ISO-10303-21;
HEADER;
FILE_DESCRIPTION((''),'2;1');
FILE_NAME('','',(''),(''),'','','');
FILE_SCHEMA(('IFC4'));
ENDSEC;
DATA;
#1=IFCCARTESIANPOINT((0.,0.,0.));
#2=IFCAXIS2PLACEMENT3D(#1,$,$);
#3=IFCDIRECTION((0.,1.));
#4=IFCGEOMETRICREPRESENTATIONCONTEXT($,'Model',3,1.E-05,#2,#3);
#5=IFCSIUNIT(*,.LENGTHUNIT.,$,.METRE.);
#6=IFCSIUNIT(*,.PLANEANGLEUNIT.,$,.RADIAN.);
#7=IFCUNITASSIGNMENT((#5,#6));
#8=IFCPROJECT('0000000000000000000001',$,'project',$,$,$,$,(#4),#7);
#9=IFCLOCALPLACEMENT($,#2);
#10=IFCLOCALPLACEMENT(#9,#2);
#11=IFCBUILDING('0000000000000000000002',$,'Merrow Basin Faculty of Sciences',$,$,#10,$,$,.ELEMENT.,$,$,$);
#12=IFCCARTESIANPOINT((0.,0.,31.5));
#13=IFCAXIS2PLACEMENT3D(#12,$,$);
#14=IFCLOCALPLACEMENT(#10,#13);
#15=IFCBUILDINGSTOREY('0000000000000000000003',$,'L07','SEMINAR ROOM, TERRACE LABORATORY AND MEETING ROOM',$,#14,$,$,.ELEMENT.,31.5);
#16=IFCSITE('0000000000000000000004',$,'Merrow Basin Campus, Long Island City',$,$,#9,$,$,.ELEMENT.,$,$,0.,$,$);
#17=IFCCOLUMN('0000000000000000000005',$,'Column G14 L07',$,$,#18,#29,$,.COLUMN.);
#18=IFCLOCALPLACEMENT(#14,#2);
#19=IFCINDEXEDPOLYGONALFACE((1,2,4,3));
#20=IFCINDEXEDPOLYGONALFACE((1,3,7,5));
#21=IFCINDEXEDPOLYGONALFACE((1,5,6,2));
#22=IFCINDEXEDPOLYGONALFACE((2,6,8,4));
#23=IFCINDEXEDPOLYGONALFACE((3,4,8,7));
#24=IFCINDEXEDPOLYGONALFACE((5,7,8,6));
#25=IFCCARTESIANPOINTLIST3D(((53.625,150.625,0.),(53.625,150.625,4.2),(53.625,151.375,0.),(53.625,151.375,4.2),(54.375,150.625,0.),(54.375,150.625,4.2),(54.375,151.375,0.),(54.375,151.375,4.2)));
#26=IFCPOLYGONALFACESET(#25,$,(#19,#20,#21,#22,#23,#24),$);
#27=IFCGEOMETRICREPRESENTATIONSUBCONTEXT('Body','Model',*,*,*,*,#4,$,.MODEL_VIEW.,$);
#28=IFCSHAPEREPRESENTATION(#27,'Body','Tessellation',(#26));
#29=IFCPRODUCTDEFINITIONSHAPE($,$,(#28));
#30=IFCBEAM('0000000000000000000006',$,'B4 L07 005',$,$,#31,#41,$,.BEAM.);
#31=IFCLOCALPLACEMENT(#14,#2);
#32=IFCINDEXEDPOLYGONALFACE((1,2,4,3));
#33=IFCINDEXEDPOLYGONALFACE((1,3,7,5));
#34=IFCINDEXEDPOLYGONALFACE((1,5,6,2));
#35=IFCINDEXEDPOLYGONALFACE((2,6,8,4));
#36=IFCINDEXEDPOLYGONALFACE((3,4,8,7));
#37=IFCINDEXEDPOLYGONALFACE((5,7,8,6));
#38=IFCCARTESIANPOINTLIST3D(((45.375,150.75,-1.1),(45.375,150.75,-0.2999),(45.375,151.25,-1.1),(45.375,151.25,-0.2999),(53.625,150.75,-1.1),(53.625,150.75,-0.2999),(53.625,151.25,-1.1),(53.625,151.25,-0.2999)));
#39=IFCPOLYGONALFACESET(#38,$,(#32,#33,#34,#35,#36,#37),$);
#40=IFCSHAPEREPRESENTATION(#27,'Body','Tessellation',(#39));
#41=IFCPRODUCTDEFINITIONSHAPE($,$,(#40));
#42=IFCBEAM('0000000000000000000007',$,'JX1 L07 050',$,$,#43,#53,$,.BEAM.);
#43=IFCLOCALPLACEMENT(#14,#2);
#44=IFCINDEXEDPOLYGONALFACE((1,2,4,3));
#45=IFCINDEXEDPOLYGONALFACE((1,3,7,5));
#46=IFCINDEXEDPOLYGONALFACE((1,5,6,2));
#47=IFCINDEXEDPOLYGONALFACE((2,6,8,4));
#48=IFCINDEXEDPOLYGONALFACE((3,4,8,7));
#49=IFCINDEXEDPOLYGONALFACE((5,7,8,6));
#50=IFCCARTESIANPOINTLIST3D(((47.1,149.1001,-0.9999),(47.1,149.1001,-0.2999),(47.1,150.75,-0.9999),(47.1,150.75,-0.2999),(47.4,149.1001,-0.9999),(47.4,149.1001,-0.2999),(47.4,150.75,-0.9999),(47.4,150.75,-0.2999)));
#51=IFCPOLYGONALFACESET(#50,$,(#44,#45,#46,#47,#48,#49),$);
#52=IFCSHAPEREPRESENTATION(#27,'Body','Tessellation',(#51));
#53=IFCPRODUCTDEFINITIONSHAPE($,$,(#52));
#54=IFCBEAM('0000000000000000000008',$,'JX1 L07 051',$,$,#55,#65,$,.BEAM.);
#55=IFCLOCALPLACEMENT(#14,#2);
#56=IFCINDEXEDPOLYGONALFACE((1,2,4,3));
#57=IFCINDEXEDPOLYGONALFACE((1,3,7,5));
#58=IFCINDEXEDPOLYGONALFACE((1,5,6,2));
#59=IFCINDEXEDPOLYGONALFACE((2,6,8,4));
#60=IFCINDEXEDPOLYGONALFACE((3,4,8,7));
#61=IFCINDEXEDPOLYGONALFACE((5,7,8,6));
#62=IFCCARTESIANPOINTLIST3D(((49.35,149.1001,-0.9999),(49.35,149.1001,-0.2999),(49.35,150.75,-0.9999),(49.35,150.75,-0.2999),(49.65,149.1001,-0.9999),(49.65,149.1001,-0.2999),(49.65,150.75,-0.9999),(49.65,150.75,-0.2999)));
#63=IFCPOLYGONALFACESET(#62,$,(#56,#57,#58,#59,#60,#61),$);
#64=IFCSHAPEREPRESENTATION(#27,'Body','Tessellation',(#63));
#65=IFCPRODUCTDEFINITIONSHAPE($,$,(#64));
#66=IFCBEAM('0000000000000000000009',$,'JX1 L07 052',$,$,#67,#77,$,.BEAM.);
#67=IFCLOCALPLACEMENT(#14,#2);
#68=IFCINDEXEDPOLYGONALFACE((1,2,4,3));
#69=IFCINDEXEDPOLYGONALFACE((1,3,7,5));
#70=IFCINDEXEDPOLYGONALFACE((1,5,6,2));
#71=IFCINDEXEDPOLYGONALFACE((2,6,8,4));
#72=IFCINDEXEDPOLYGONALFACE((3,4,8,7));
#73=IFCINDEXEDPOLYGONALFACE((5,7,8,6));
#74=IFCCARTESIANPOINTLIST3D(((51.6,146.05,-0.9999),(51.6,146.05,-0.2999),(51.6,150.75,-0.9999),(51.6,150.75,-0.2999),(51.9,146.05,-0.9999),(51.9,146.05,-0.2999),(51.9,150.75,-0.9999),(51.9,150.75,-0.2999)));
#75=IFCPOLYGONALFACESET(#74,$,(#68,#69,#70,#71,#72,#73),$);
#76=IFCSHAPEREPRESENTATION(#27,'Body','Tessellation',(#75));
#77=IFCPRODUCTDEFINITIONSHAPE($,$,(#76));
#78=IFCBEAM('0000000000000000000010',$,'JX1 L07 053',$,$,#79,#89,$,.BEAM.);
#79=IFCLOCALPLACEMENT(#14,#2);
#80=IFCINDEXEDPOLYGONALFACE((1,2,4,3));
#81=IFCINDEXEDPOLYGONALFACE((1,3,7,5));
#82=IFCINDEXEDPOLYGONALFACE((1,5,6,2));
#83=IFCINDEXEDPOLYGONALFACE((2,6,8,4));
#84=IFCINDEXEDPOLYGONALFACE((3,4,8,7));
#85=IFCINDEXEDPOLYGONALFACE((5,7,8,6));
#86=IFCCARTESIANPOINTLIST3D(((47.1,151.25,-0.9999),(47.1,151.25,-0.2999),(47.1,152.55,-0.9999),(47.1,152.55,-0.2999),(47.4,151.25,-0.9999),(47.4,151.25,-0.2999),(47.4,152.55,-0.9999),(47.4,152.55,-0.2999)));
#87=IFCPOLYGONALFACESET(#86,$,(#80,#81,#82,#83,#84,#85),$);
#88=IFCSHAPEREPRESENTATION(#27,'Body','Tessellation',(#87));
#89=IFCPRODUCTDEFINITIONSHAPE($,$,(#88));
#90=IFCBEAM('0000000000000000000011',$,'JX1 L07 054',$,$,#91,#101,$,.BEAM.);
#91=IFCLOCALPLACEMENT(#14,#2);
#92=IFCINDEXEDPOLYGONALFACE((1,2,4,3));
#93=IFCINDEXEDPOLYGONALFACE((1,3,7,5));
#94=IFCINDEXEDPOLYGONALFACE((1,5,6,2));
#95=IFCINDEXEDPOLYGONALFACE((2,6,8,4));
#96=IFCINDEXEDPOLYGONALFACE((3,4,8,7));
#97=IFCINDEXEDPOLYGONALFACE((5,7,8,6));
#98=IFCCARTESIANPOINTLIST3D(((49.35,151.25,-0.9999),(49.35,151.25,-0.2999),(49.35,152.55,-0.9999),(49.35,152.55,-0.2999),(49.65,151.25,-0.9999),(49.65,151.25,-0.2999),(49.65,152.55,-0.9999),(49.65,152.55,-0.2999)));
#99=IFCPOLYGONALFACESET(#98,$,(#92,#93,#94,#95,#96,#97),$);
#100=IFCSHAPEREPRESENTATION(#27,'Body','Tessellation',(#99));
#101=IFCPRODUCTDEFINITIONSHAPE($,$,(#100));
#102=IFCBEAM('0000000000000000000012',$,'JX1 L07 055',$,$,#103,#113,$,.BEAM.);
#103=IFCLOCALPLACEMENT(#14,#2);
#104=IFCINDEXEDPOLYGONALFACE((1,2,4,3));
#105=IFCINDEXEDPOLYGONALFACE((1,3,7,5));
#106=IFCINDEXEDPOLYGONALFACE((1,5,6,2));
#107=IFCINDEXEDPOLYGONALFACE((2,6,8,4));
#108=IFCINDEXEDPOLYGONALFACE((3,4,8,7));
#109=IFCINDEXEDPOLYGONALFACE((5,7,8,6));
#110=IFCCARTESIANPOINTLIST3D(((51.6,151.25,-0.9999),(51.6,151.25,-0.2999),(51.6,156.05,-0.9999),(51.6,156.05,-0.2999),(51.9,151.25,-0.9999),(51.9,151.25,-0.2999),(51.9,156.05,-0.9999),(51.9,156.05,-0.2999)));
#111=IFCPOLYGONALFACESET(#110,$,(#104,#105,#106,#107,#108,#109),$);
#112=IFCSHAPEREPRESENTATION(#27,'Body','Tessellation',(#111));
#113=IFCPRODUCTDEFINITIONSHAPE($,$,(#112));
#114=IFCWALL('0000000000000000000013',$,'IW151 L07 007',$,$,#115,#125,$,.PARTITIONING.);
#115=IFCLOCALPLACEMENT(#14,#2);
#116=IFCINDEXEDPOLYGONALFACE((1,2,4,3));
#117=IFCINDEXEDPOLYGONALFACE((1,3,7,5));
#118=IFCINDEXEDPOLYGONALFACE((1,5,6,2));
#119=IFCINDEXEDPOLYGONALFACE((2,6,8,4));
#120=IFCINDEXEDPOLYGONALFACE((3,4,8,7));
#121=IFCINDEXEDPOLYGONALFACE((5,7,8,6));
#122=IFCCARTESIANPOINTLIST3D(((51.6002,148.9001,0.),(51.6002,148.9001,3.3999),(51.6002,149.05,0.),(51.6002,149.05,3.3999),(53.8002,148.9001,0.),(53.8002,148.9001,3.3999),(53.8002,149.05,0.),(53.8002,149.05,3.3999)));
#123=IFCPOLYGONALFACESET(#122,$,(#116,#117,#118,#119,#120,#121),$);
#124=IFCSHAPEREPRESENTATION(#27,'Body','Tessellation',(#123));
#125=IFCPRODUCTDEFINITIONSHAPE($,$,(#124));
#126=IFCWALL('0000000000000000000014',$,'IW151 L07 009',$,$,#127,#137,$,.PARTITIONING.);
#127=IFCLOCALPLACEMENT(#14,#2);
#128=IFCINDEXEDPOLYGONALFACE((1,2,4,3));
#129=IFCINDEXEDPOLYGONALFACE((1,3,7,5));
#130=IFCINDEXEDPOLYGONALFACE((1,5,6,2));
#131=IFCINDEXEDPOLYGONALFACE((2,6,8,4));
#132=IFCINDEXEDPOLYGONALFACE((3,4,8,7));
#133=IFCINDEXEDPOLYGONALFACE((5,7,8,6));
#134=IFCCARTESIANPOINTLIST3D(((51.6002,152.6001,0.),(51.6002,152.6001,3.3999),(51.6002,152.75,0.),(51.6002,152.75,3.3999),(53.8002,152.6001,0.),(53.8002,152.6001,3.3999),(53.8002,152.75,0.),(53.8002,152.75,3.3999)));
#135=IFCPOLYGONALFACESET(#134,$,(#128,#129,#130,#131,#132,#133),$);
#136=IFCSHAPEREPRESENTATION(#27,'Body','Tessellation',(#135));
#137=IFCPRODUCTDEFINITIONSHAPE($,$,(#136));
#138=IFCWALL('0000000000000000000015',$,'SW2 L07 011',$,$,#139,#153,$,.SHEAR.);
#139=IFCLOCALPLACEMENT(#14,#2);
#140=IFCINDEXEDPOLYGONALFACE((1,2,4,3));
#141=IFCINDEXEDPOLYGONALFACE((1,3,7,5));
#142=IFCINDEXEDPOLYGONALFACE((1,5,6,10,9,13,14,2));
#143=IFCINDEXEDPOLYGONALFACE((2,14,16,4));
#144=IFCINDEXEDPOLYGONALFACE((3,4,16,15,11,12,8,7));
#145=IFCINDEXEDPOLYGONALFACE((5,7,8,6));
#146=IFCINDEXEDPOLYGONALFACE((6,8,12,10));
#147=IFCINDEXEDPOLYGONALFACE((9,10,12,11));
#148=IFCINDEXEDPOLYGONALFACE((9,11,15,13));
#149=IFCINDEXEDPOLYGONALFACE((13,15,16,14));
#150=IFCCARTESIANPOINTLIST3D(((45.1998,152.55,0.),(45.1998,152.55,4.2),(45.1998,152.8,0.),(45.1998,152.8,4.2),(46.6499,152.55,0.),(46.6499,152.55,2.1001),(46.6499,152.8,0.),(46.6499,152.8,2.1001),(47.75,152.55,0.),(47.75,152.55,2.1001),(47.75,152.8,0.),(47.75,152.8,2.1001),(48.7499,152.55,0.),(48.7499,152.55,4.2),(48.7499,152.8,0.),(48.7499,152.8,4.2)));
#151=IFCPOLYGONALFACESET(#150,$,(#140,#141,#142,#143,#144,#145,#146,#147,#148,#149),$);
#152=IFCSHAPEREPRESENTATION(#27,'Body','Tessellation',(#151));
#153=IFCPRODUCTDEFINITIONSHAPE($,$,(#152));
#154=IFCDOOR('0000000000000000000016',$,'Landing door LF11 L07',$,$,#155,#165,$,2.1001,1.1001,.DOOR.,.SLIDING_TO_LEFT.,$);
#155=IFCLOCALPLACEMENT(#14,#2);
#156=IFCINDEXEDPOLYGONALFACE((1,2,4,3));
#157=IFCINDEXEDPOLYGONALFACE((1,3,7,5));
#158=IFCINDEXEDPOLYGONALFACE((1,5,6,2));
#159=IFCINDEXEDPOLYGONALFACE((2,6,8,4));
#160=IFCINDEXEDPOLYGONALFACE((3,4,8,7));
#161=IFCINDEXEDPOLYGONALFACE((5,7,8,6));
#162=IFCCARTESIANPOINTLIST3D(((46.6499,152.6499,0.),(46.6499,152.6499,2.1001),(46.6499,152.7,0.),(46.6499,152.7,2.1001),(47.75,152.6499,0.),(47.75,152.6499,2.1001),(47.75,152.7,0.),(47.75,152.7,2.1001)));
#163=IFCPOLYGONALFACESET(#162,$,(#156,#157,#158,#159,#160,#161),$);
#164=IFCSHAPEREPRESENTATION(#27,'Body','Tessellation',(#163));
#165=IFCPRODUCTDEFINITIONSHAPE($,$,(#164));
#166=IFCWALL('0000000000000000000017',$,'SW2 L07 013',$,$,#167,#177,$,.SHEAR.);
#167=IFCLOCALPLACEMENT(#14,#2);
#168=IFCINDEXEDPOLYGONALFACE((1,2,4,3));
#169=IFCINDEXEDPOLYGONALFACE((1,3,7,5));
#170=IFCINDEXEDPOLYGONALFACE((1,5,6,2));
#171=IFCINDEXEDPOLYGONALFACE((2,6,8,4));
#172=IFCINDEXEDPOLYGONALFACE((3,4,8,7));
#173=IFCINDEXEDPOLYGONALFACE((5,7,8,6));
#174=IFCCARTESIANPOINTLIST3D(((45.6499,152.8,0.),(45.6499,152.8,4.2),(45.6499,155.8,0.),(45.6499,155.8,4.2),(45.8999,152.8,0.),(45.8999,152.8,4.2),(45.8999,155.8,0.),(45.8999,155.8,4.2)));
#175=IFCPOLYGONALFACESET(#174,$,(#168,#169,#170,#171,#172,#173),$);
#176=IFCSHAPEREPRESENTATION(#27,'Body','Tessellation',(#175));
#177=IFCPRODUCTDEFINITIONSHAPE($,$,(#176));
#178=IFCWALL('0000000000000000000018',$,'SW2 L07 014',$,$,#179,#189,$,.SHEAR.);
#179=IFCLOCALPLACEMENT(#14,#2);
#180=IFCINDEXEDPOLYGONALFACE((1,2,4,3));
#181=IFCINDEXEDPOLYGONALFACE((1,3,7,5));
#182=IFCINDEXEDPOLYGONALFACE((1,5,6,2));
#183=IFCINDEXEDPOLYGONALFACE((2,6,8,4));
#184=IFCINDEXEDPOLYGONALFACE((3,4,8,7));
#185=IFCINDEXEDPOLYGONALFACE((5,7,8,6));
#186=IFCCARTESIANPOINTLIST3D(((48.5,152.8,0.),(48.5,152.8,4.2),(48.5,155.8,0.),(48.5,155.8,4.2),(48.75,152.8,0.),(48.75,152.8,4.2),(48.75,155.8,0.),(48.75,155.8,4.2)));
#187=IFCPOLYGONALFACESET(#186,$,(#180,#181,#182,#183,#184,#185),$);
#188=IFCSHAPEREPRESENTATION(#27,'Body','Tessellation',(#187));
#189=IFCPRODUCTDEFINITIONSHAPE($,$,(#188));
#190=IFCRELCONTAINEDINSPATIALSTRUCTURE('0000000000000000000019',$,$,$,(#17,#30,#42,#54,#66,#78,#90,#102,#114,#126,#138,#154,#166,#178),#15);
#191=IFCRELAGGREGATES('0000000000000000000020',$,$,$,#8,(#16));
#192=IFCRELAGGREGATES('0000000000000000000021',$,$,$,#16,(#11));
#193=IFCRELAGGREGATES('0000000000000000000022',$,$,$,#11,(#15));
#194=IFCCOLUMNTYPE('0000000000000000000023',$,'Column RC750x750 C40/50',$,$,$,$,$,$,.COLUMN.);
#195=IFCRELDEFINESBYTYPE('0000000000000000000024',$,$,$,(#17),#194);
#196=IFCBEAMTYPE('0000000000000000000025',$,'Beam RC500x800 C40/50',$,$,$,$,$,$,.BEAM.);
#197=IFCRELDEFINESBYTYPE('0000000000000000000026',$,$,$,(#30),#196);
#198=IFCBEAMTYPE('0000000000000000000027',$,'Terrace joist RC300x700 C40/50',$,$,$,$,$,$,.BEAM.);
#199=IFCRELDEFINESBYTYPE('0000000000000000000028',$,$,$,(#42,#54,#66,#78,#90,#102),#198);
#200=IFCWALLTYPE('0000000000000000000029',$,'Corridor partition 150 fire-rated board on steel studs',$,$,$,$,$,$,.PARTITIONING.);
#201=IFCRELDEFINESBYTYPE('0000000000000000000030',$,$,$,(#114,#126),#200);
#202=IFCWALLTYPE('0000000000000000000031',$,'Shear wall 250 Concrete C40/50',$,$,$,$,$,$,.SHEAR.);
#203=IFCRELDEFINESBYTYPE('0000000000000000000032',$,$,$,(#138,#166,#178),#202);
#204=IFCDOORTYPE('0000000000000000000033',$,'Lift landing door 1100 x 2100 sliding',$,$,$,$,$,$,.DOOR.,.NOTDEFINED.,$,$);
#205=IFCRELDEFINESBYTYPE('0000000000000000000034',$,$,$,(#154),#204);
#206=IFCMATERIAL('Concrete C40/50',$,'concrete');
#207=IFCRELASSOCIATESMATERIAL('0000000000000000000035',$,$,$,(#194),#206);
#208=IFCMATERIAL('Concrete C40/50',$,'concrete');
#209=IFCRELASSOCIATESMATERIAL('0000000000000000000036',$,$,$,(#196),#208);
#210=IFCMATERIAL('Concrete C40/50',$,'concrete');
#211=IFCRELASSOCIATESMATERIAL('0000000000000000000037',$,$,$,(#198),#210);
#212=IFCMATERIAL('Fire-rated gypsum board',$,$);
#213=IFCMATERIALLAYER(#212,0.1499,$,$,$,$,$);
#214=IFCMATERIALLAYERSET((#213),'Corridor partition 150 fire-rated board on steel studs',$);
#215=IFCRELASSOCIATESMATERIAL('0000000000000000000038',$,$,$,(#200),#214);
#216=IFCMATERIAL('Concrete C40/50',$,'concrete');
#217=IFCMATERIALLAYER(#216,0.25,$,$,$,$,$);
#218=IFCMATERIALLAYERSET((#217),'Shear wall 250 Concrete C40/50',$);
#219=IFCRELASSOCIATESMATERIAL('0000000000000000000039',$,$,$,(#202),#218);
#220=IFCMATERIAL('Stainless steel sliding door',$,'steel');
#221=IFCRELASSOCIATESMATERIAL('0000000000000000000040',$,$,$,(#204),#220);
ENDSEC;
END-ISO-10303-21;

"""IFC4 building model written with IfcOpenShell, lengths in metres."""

from ifc_helpers import new_model, si_unit, direction, frame, frame_2d, origin, origin_2d, place, context, subcontext, project, spatial, rectangle, extrude, material, layer, layer_set, material_profile, profile_set, type_object, element, fill, save


model = new_model("IFC4")

# Units and contexts
model_context = context("Model", 3, precision=1e-05, world=origin(), true_north=direction((0.0, 1.0)))
body_context = subcontext(model_context, "Body", "Model", "MODEL_VIEW")
ifc_project = project(units=[si_unit("LENGTHUNIT", "METRE"), si_unit("PLANEANGLEUNIT", "RADIAN")], contexts=[model_context])

# Site, building, storey
site_placement = place(None, origin())
site = spatial("IfcSite", under=ifc_project, at=site_placement, Name="Merrow Basin Campus, Long Island City", CompositionType="ELEMENT", RefElevation=0.0)
building_placement = place(site_placement, origin())
building = spatial("IfcBuilding", under=site, at=building_placement, Name="Merrow Basin Faculty of Sciences", CompositionType="ELEMENT")
storey_placement = place(building_placement, frame((0.0, 0.0, 31.5)))
storey = spatial("IfcBuildingStorey", under=building, at=storey_placement, Name="L07", Description="SEMINAR ROOM, TERRACE LABORATORY AND MEETING ROOM", CompositionType="ELEMENT", Elevation=31.5)

# Column
ifc_material_1 = material(Name="Concrete C40/50", Category="concrete")
ifc_material_profile_1 = material_profile(ifc_material_1, rectangle(XDim=0.75, YDim=0.75, at=origin_2d()))
ifc_profile_set_1 = profile_set([ifc_material_profile_1], Name="Concrete C40/50")
column_type = type_object("IfcColumnType", Name="Column RC750x750 C40/50", PredefinedType="COLUMN", material=ifc_profile_set_1)
column_placement = place(storey_placement, frame((54.0, 151.0, 0.0), z_axis=(0.0, 0.0, 1.0), x_axis=(1.0, 0.0, 0.0)))
element("IfcColumn", 1, at=column_placement, inside=storey, type_object=column_type, Name="Column G14 L07", PredefinedType="COLUMN", context=body_context, shape_type="SweptSolid", body=[
    extrude(rectangle(XDim=0.75, YDim=0.75, at=origin_2d()), origin(), (0.0, 0.0, 1.0), 4.2),
])

# Beams
ifc_material_2 = material(Name="Concrete C40/50", Category="concrete")
ifc_material_profile_2 = material_profile(ifc_material_2, rectangle(XDim=0.5, YDim=0.8, at=origin_2d()))
ifc_profile_set_2 = profile_set([ifc_material_profile_2], Name="Concrete C40/50")
beam_type_1 = type_object("IfcBeamType", Name="Beam RC500x800 C40/50", PredefinedType="BEAM", material=ifc_profile_set_2)
beam_1_placement = place(storey_placement, frame((45.375, 151.0, -0.7), z_axis=(1.0, 0.0, 0.0), x_axis=(0.0, 1.0, 0.0)))
element("IfcBeam", 2, at=beam_1_placement, inside=storey, type_object=beam_type_1, Name="B4 L07 005", PredefinedType="BEAM", context=body_context, shape_type="SweptSolid", body=[
    extrude(rectangle(XDim=0.5, YDim=0.8, at=origin_2d()), origin(), (0.0, 0.0, 1.0), 8.25),
])
ifc_material_3 = material(Name="Concrete C40/50", Category="concrete")
ifc_material_profile_3 = material_profile(ifc_material_3, rectangle(XDim=0.3, YDim=0.7, at=origin_2d()))
ifc_profile_set_3 = profile_set([ifc_material_profile_3], Name="Concrete C40/50")
beam_type_2 = type_object("IfcBeamType", Name="Terrace joist RC300x700 C40/50", PredefinedType="BEAM", material=ifc_profile_set_3)
for number, where, z_axis, x_axis, name in (
    (3, (47.25, 149.1001, -0.6499), (0.0, 1.0, 0.0), (-1.0, 0.0, 0.0), "JX1 L07 050"),
    (4, (49.5, 149.1001, -0.6499), (0.0, 1.0, 0.0), (-1.0, 0.0, 0.0), "JX1 L07 051"),
):
    element("IfcBeam", number, at=place(storey_placement, frame(where, z_axis=z_axis, x_axis=x_axis)), inside=storey, type_object=beam_type_2, Name=name, PredefinedType="BEAM", context=body_context, shape_type="SweptSolid", body=[
        extrude(rectangle(XDim=0.3, YDim=0.7, at=origin_2d()), origin(), (0.0, 0.0, 1.0), 1.6499),
    ])
beam_2_placement = place(storey_placement, frame((51.75, 146.05, -0.6499), z_axis=(0.0, 1.0, 0.0), x_axis=(-1.0, 0.0, 0.0)))
element("IfcBeam", 5, at=beam_2_placement, inside=storey, type_object=beam_type_2, Name="JX1 L07 052", PredefinedType="BEAM", context=body_context, shape_type="SweptSolid", body=[
    extrude(rectangle(XDim=0.3, YDim=0.7, at=origin_2d()), origin(), (0.0, 0.0, 1.0), 4.7),
])
for number, where, z_axis, x_axis, name in (
    (6, (47.25, 151.25, -0.6499), (0.0, 1.0, 0.0), (-1.0, 0.0, 0.0), "JX1 L07 053"),
    (7, (49.5, 151.25, -0.6499), (0.0, 1.0, 0.0), (-1.0, 0.0, 0.0), "JX1 L07 054"),
):
    element("IfcBeam", number, at=place(storey_placement, frame(where, z_axis=z_axis, x_axis=x_axis)), inside=storey, type_object=beam_type_2, Name=name, PredefinedType="BEAM", context=body_context, shape_type="SweptSolid", body=[
        extrude(rectangle(XDim=0.3, YDim=0.7, at=origin_2d()), origin(), (0.0, 0.0, 1.0), 1.3),
    ])
beam_3_placement = place(storey_placement, frame((51.75, 151.25, -0.6499), z_axis=(0.0, 1.0, 0.0), x_axis=(-1.0, 0.0, 0.0)))
element("IfcBeam", 8, at=beam_3_placement, inside=storey, type_object=beam_type_2, Name="JX1 L07 055", PredefinedType="BEAM", context=body_context, shape_type="SweptSolid", body=[
    extrude(rectangle(XDim=0.3, YDim=0.7, at=origin_2d()), origin(), (0.0, 0.0, 1.0), 4.8),
])

# Walls
ifc_material_4 = material(Name="Fire-rated gypsum board")
ifc_layer_1 = layer(ifc_material_4, 0.1499)
ifc_layer_set_1 = layer_set([ifc_layer_1], Name="Corridor partition 150 fire-rated board on steel studs")
wall_type_1 = type_object("IfcWallType", Name="Corridor partition 150 fire-rated board on steel studs", PredefinedType="PARTITIONING", material=ifc_layer_set_1)
for number, where, z_axis, x_axis, name in (
    (9, (51.6001, 148.9751, 0.0), (0.0, 0.0, 1.0), (1.0, 0.0, 0.0), "IW151 L07 007"),
    (10, (51.6001, 152.675, 0.0), (0.0, 0.0, 1.0), (1.0, 0.0, 0.0), "IW151 L07 009"),
):
    element("IfcWall", number, at=place(storey_placement, frame(where, z_axis=z_axis, x_axis=x_axis)), inside=storey, type_object=wall_type_1, Name=name, PredefinedType="PARTITIONING", context=body_context, shape_type="SweptSolid", body=[
        extrude(rectangle(XDim=2.2, YDim=0.1499, at=frame_2d((1.1001, 0.0))), origin(), (0.0, 0.0, 1.0), 3.3999),
    ])

# Wall, opening, door
ifc_material_5 = material(Name="Concrete C40/50", Category="concrete")
ifc_layer_2 = layer(ifc_material_5, 0.25)
ifc_layer_set_2 = layer_set([ifc_layer_2], Name="Shear wall 250 Concrete C40/50")
wall_type_2 = type_object("IfcWallType", Name="Shear wall 250 Concrete C40/50", PredefinedType="SHEAR", material=ifc_layer_set_2)
wall_1_placement = place(storey_placement, frame((45.2, 152.675, 0.0), z_axis=(0.0, 0.0, 1.0), x_axis=(1.0, 0.0, 0.0)))
wall_1 = element("IfcWall", 11, at=wall_1_placement, inside=storey, type_object=wall_type_2, Name="SW2 L07 011", PredefinedType="SHEAR", context=body_context, shape_type="SweptSolid", body=[
    extrude(rectangle(XDim=3.55, YDim=0.25, at=frame_2d((1.7749, 0.0))), origin(), (0.0, 0.0, 1.0), 4.2),
])
opening_1_placement = place(wall_1_placement, frame((1.45, 0.0, 0.0)))
opening_1 = element("IfcOpeningElement", 12, at=opening_1_placement, cuts=wall_1, PredefinedType="OPENING", context=body_context, shape_type="SweptSolid", body=[
    extrude(rectangle(XDim=1.1001, YDim=2.1001, at=frame_2d((0.55, 1.05))), frame((0.0, 0.135, 0.0), z_axis=(0.0, -1.0, 0.0), x_axis=(1.0, 0.0, 0.0)), (0.0, 0.0, 1.0), 0.27),
])
ifc_material_6 = material(Name="Stainless steel sliding door", Category="steel")
door_type = type_object("IfcDoorType", Name="Lift landing door 1100 x 2100 sliding", OperationType="NOTDEFINED", PredefinedType="DOOR", material=ifc_material_6)
door_1_placement = place(opening_1_placement, origin())
door_1 = element("IfcDoor", 13, at=door_1_placement, inside=storey, type_object=door_type, Name="Landing door LF11 L07", OperationType="SLIDING_TO_LEFT", OverallHeight=2.1001, OverallWidth=1.1001, PredefinedType="DOOR", context=body_context, shape_type="SweptSolid", body=[
    extrude(rectangle(XDim=1.1001, YDim=2.1001, at=frame_2d((0.55, 1.05))), frame((0.0, 0.0249, 0.0), z_axis=(0.0, -1.0, 0.0), x_axis=(1.0, 0.0, 0.0)), (0.0, 0.0, 1.0), 0.05),
])
fill(opening_1, door_1)

# Walls
for number, where, z_axis, x_axis, name in (
    (14, (45.7749, 152.8, 0.0), (0.0, 0.0, 1.0), (0.0, 1.0, 0.0), "SW2 L07 013"),
    (15, (48.625, 152.8, 0.0), (0.0, 0.0, 1.0), (0.0, 1.0, 0.0), "SW2 L07 014"),
):
    element("IfcWall", number, at=place(storey_placement, frame(where, z_axis=z_axis, x_axis=x_axis)), inside=storey, type_object=wall_type_2, Name=name, PredefinedType="SHEAR", context=body_context, shape_type="SweptSolid", body=[
        extrude(rectangle(XDim=3.0, YDim=0.25, at=frame_2d((1.5, 0.0))), origin(), (0.0, 0.0, 1.0), 4.2),
    ])

save(model, "model.ifc")
